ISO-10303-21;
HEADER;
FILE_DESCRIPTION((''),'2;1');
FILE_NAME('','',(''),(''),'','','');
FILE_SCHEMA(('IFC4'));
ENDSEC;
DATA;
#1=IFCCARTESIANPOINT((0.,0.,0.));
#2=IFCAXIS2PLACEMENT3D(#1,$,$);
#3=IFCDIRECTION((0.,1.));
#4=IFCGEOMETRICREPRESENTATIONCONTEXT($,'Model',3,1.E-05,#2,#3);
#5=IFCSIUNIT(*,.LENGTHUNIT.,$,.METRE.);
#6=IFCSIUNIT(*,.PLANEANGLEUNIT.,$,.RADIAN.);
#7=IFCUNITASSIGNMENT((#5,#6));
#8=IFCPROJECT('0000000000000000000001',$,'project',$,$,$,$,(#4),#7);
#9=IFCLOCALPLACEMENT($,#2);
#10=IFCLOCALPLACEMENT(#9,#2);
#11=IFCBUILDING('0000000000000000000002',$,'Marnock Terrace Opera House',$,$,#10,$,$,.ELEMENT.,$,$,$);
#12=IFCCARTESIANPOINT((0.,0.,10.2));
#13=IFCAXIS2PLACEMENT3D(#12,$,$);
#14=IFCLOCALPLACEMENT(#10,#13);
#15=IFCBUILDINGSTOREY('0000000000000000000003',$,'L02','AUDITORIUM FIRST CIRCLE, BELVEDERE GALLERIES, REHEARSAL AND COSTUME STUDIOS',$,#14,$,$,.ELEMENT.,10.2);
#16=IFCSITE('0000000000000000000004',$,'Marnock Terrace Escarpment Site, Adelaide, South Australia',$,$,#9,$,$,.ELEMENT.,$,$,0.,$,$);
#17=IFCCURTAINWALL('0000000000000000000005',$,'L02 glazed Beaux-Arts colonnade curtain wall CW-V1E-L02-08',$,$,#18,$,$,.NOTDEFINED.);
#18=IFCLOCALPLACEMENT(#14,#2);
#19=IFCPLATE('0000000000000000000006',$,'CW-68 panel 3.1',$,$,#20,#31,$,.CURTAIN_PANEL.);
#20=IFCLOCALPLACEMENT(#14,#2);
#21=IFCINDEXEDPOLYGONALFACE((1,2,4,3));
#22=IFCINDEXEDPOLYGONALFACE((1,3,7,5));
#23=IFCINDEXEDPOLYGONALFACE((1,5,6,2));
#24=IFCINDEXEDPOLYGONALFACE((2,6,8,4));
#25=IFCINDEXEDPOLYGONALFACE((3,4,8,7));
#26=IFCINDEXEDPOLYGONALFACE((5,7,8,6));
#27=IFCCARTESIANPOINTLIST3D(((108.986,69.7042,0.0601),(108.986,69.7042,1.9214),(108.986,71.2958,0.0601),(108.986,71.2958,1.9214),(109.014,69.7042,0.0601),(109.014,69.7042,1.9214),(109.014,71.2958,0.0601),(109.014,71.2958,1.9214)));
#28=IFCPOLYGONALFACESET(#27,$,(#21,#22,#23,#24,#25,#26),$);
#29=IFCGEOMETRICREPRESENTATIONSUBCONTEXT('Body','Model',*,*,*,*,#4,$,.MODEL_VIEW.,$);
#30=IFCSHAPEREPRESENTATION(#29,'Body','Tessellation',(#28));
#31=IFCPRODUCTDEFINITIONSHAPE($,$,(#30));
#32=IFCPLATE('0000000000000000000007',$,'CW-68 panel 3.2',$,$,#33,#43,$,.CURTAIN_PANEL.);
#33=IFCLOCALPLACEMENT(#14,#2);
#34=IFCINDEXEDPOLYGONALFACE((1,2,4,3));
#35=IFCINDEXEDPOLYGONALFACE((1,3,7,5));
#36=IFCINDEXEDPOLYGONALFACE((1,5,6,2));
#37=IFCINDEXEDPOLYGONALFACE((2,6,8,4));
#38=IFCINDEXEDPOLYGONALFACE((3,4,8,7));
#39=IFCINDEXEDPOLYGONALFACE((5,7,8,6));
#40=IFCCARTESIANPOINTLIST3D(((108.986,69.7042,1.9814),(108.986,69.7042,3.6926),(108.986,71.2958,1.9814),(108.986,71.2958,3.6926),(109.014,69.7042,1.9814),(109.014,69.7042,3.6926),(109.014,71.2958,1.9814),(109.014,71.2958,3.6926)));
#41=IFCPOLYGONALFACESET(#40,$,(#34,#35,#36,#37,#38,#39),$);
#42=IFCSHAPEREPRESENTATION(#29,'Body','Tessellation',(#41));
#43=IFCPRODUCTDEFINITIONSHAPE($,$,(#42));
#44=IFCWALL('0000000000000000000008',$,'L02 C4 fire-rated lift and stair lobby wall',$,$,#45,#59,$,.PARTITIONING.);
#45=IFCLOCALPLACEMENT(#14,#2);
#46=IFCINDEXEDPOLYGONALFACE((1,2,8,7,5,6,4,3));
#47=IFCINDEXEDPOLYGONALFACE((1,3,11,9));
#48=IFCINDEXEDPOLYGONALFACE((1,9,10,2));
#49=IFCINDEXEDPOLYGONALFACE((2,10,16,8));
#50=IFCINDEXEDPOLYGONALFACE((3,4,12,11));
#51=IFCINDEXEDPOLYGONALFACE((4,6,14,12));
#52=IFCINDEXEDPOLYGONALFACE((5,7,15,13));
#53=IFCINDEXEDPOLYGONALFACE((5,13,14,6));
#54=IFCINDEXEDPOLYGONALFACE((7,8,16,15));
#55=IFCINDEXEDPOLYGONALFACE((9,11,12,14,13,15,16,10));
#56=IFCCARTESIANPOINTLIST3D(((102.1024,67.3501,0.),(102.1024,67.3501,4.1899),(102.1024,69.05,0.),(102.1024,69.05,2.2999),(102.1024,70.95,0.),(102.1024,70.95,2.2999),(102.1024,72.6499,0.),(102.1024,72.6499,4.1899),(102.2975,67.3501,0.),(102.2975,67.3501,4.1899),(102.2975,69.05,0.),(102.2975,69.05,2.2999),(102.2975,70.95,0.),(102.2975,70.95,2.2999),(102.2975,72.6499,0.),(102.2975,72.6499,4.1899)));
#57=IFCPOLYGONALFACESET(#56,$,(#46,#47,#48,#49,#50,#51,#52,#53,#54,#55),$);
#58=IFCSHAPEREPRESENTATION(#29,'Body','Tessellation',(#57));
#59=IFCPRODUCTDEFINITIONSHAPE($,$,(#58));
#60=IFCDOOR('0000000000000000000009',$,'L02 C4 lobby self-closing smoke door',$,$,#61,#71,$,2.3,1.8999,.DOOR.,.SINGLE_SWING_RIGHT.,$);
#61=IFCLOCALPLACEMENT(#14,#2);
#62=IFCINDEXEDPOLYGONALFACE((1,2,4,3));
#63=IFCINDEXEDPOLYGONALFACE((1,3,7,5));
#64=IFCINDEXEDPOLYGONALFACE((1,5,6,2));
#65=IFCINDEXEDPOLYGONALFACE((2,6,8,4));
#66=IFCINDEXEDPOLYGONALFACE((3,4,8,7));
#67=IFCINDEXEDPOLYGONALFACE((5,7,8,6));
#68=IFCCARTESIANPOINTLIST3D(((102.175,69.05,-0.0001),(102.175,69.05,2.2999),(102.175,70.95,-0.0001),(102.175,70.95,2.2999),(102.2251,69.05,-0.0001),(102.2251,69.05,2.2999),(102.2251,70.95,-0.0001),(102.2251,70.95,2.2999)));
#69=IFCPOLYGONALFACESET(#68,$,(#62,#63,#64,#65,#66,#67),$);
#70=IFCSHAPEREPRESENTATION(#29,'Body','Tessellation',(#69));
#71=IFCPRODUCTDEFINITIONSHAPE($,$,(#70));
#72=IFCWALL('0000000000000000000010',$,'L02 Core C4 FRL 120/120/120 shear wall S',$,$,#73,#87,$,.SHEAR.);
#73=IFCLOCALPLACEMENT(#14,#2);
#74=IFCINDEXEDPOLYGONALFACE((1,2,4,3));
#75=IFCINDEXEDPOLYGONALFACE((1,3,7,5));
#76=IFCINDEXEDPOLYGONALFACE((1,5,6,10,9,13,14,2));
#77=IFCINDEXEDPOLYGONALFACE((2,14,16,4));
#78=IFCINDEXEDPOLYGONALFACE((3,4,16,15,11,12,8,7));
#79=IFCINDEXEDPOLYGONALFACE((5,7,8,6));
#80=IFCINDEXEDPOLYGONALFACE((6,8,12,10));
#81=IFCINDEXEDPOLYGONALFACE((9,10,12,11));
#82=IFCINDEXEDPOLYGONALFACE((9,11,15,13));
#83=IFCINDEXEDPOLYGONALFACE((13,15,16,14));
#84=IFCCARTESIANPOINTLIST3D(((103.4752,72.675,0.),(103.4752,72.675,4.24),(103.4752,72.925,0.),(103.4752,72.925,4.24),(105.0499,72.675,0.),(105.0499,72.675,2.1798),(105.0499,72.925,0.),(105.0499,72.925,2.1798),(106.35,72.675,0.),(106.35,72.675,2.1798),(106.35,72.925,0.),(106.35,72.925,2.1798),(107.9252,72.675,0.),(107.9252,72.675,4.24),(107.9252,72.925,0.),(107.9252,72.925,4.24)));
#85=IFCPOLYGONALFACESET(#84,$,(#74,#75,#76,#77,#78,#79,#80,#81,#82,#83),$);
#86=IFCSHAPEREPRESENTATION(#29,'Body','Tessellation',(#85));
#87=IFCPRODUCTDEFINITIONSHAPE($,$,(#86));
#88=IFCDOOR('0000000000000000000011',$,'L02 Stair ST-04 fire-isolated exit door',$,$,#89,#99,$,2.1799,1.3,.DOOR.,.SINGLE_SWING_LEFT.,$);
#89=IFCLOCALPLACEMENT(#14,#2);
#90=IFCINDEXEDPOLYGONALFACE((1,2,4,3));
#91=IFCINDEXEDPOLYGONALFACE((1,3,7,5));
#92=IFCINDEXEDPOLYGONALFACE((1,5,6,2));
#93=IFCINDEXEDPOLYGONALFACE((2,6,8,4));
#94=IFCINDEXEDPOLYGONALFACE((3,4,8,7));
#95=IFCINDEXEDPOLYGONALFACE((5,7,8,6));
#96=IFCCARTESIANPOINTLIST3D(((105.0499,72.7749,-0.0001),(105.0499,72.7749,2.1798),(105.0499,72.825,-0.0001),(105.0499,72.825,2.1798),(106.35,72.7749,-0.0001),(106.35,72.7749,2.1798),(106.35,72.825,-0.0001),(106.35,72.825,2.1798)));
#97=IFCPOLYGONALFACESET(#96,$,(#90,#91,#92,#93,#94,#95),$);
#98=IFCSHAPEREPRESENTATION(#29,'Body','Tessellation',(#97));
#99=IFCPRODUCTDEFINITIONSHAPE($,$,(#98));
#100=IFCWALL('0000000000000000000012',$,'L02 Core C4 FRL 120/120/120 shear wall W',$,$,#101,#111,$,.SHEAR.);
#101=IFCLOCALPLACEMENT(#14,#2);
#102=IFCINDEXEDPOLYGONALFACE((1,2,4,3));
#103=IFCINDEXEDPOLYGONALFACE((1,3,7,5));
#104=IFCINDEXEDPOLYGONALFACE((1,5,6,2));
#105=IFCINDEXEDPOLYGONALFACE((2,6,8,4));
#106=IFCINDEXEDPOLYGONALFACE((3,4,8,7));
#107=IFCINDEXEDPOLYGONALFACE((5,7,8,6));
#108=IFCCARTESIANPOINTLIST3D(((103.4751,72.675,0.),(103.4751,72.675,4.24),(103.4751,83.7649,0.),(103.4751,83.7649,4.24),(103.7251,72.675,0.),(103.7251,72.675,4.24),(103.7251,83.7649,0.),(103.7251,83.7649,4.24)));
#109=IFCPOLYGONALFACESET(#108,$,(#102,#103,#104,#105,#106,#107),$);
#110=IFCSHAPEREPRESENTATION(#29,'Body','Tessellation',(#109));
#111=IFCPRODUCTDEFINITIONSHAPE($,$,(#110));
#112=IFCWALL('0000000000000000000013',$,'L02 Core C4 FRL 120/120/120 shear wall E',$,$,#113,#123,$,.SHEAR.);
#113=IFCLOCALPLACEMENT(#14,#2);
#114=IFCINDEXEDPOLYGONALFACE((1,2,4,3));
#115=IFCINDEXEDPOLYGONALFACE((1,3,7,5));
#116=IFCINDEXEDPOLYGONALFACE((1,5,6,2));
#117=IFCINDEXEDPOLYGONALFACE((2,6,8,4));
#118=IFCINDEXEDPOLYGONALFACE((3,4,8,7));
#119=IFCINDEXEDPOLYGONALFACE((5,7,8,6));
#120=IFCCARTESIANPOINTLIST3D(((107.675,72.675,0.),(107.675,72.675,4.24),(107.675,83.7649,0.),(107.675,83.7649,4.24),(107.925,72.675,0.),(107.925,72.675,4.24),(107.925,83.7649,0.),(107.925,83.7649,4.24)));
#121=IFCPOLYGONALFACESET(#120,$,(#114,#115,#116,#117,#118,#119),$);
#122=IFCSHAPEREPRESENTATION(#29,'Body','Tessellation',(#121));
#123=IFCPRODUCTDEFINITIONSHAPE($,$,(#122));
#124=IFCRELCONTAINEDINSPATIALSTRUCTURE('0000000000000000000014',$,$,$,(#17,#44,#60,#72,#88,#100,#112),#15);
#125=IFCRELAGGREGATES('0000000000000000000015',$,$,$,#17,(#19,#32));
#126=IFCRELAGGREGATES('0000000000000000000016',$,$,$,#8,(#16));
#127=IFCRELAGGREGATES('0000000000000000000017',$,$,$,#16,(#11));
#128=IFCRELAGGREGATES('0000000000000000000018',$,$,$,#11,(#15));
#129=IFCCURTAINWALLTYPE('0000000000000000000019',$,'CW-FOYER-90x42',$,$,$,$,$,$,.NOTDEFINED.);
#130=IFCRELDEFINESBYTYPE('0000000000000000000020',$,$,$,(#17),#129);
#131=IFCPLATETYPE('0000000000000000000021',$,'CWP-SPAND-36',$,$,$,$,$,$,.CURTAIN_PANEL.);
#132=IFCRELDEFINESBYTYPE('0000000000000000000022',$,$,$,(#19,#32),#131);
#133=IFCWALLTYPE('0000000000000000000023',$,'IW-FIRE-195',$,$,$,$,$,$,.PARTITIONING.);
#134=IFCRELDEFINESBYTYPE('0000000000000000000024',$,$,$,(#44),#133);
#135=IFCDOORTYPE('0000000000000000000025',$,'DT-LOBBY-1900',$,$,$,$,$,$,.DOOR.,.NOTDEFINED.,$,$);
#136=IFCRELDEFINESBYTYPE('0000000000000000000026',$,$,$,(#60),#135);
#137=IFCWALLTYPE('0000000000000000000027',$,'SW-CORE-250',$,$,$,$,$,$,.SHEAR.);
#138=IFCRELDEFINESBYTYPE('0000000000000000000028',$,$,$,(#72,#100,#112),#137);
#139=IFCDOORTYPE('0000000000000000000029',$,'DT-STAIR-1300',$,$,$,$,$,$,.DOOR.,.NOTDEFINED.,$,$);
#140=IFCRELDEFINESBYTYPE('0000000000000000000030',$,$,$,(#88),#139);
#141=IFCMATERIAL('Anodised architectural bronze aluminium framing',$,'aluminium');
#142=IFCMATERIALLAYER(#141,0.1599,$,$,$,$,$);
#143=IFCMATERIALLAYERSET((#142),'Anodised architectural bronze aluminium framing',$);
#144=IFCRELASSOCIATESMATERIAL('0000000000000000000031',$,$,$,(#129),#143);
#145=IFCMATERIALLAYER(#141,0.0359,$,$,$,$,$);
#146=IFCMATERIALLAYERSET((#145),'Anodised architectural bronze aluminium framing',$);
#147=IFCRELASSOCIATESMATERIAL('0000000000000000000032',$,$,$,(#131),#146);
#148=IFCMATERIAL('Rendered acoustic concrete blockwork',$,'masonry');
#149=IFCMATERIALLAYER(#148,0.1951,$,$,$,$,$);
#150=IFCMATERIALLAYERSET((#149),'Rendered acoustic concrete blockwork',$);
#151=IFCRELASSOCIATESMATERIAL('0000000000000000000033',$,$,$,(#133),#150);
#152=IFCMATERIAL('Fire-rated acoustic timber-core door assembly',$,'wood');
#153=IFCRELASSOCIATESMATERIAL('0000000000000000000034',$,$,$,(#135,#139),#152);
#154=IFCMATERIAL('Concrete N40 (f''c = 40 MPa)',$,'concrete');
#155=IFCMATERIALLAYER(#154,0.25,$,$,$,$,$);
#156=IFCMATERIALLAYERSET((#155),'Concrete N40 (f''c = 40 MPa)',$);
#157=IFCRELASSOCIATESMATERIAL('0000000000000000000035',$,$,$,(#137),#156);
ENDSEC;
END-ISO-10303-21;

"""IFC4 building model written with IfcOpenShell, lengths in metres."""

from ifc_helpers import new_model, si_unit, direction, frame, frame_2d, origin, origin_2d, place, context, subcontext, project, spatial, rectangle, extrude, material, layer, layer_set, type_object, element, fill, aggregate, save


model = new_model("IFC4")

# Units and contexts
model_context = context("Model", 3, precision=1e-05, world=origin(), true_north=direction((0.0, 1.0)))
body_context = subcontext(model_context, "Body", "Model", "MODEL_VIEW")
ifc_project = project(units=[si_unit("LENGTHUNIT", "METRE"), si_unit("PLANEANGLEUNIT", "RADIAN")], contexts=[model_context])

# Site, building, storey
site_placement = place(None, origin())
site = spatial("IfcSite", under=ifc_project, at=site_placement, Name="Marnock Terrace Escarpment Site, Adelaide, South Australia", CompositionType="ELEMENT", RefElevation=0.0)
building_placement = place(site_placement, origin())
building = spatial("IfcBuilding", under=site, at=building_placement, Name="Marnock Terrace Opera House", CompositionType="ELEMENT")
storey_placement = place(building_placement, frame((0.0, 0.0, 10.2)))
storey = spatial("IfcBuildingStorey", under=building, at=storey_placement, Name="L02", Description="AUDITORIUM FIRST CIRCLE, BELVEDERE GALLERIES, REHEARSAL AND COSTUME STUDIOS", CompositionType="ELEMENT", Elevation=10.2)

# Curtain wall, plates
ifc_material_1 = material(Name="Anodised architectural bronze aluminium framing", Category="aluminium")
ifc_layer_1 = layer(ifc_material_1, 0.1599)
ifc_layer_set_1 = layer_set([ifc_layer_1], Name="Anodised architectural bronze aluminium framing")
curtain_wall_type = type_object("IfcCurtainWallType", Name="CW-FOYER-90x42", PredefinedType="NOTDEFINED", material=ifc_layer_set_1)
curtain_wall_placement = place(storey_placement, origin())
curtain_wall = element("IfcCurtainWall", 1, at=curtain_wall_placement, inside=storey, type_object=curtain_wall_type, Name="L02 glazed Beaux-Arts colonnade curtain wall CW-V1E-L02-08", PredefinedType="NOTDEFINED")
ifc_layer_2 = layer(ifc_material_1, 0.0359)
ifc_layer_set_2 = layer_set([ifc_layer_2], Name="Anodised architectural bronze aluminium framing")
plate_type = type_object("IfcPlateType", Name="CWP-SPAND-36", PredefinedType="CURTAIN_PANEL", material=ifc_layer_set_2)
plate_1_placement = place(storey_placement, frame((109.0, 70.5, 0.0601), z_axis=(0.0, 0.0, 1.0), x_axis=(0.0, 1.0, 0.0)))
plate_1 = element("IfcPlate", 2, at=plate_1_placement, type_object=plate_type, Name="CW-68 panel 3.1", PredefinedType="CURTAIN_PANEL", context=body_context, shape_type="SweptSolid", body=[
    extrude(rectangle(XDim=1.5916, YDim=0.0281, at=origin_2d()), origin(), (0.0, 0.0, 1.0), 1.8613),
])
plate_2_placement = place(storey_placement, frame((109.0, 70.5, 1.9814), z_axis=(0.0, 0.0, 1.0), x_axis=(0.0, 1.0, 0.0)))
plate_2 = element("IfcPlate", 3, at=plate_2_placement, type_object=plate_type, Name="CW-68 panel 3.2", PredefinedType="CURTAIN_PANEL", context=body_context, shape_type="SweptSolid", body=[
    extrude(rectangle(XDim=1.5916, YDim=0.0281, at=origin_2d()), origin(), (0.0, 0.0, 1.0), 1.7112),
])
aggregate(curtain_wall, [plate_1, plate_2])

# Walls, openings, doors
ifc_material_2 = material(Name="Rendered acoustic concrete blockwork", Category="masonry")
ifc_layer_3 = layer(ifc_material_2, 0.1951)
ifc_layer_set_3 = layer_set([ifc_layer_3], Name="Rendered acoustic concrete blockwork")
wall_type_1 = type_object("IfcWallType", Name="IW-FIRE-195", PredefinedType="PARTITIONING", material=ifc_layer_set_3)
wall_1_placement = place(storey_placement, frame((102.2, 67.3501, 0.0), z_axis=(0.0, 0.0, 1.0), x_axis=(0.0, 1.0, 0.0)))
wall_1 = element("IfcWall", 4, at=wall_1_placement, inside=storey, type_object=wall_type_1, Name="L02 C4 fire-rated lift and stair lobby wall", PredefinedType="PARTITIONING", context=body_context, shape_type="SweptSolid", body=[
    extrude(rectangle(XDim=5.2998, YDim=0.1951, at=frame_2d((2.6499, 0.0))), origin(), (0.0, 0.0, 1.0), 4.1899),
])
opening_1_placement = place(wall_1_placement, frame((1.7, 0.0, 0.0)))
opening_1 = element("IfcOpeningElement", 5, at=opening_1_placement, cuts=wall_1, PredefinedType="OPENING", context=body_context, shape_type="SweptSolid", body=[
    extrude(rectangle(XDim=1.8999, YDim=2.3, at=frame_2d((0.95, 1.1499))), frame((0.0, 0.1074, 0.0), z_axis=(0.0, -1.0, 0.0), x_axis=(1.0, 0.0, 0.0)), (0.0, 0.0, 1.0), 0.2151),
])
ifc_material_3 = material(Name="Fire-rated acoustic timber-core door assembly", Category="wood")
door_type_1 = type_object("IfcDoorType", Name="DT-LOBBY-1900", OperationType="NOTDEFINED", PredefinedType="DOOR", material=ifc_material_3)
door_1_placement = place(opening_1_placement, origin())
door_1 = element("IfcDoor", 6, at=door_1_placement, inside=storey, type_object=door_type_1, Name="L02 C4 lobby self-closing smoke door", OperationType="SINGLE_SWING_RIGHT", OverallHeight=2.3, OverallWidth=1.8999, PredefinedType="DOOR", context=body_context, shape_type="SweptSolid", body=[
    extrude(rectangle(XDim=1.8999, YDim=2.3, at=frame_2d((0.95, 1.1499))), frame((0.0, 0.0249, 0.0), z_axis=(0.0, -1.0, 0.0), x_axis=(1.0, 0.0, 0.0)), (0.0, 0.0, 1.0), 0.05),
])
fill(opening_1, door_1)
ifc_material_4 = material(Name="Concrete N40 (f'c = 40 MPa)", Category="concrete")
ifc_layer_4 = layer(ifc_material_4, 0.25)
ifc_layer_set_4 = layer_set([ifc_layer_4], Name="Concrete N40 (f'c = 40 MPa)")
wall_type_2 = type_object("IfcWallType", Name="SW-CORE-250", PredefinedType="SHEAR", material=ifc_layer_set_4)
wall_2_placement = place(storey_placement, frame((103.4751, 72.8, 0.0), z_axis=(0.0, 0.0, 1.0), x_axis=(1.0, 0.0, 0.0)))
wall_2 = element("IfcWall", 7, at=wall_2_placement, inside=storey, type_object=wall_type_2, Name="L02 Core C4 FRL 120/120/120 shear wall S", PredefinedType="SHEAR", context=body_context, shape_type="SweptSolid", body=[
    extrude(rectangle(XDim=4.45, YDim=0.25, at=frame_2d((2.2251, 0.0))), origin(), (0.0, 0.0, 1.0), 4.24),
])
opening_2_placement = place(wall_2_placement, frame((1.575, 0.0, 0.0)))
opening_2 = element("IfcOpeningElement", 8, at=opening_2_placement, cuts=wall_2, PredefinedType="OPENING", context=body_context, shape_type="SweptSolid", body=[
    extrude(rectangle(XDim=1.3, YDim=2.1799, at=frame_2d((0.6499, 1.0898))), frame((0.0, 0.135, 0.0), z_axis=(0.0, -1.0, 0.0), x_axis=(1.0, 0.0, 0.0)), (0.0, 0.0, 1.0), 0.27),
])
door_type_2 = type_object("IfcDoorType", Name="DT-STAIR-1300", OperationType="NOTDEFINED", PredefinedType="DOOR", material=ifc_material_3)
door_2_placement = place(opening_2_placement, origin())
door_2 = element("IfcDoor", 9, at=door_2_placement, inside=storey, type_object=door_type_2, Name="L02 Stair ST-04 fire-isolated exit door", OperationType="SINGLE_SWING_LEFT", OverallHeight=2.1799, OverallWidth=1.3, PredefinedType="DOOR", context=body_context, shape_type="SweptSolid", body=[
    extrude(rectangle(XDim=1.3, YDim=2.1799, at=frame_2d((0.6499, 1.0898))), frame((0.0, 0.0249, 0.0), z_axis=(0.0, -1.0, 0.0), x_axis=(1.0, 0.0, 0.0)), (0.0, 0.0, 1.0), 0.05),
])
fill(opening_2, door_2)

# Walls
for number, where, z_axis, x_axis, name in (
    (10, (103.6001, 72.675, 0.0), (0.0, 0.0, 1.0), (0.0, 1.0, 0.0), "L02 Core C4 FRL 120/120/120 shear wall W"),
    (11, (107.8, 72.675, 0.0), (0.0, 0.0, 1.0), (0.0, 1.0, 0.0), "L02 Core C4 FRL 120/120/120 shear wall E"),
):
    element("IfcWall", number, at=place(storey_placement, frame(where, z_axis=z_axis, x_axis=x_axis)), inside=storey, type_object=wall_type_2, Name=name, PredefinedType="SHEAR", context=body_context, shape_type="SweptSolid", body=[
        extrude(rectangle(XDim=11.0898, YDim=0.25, at=frame_2d((5.5449, 0.0))), origin(), (0.0, 0.0, 1.0), 4.24),
    ])

save(model, "model.ifc")
